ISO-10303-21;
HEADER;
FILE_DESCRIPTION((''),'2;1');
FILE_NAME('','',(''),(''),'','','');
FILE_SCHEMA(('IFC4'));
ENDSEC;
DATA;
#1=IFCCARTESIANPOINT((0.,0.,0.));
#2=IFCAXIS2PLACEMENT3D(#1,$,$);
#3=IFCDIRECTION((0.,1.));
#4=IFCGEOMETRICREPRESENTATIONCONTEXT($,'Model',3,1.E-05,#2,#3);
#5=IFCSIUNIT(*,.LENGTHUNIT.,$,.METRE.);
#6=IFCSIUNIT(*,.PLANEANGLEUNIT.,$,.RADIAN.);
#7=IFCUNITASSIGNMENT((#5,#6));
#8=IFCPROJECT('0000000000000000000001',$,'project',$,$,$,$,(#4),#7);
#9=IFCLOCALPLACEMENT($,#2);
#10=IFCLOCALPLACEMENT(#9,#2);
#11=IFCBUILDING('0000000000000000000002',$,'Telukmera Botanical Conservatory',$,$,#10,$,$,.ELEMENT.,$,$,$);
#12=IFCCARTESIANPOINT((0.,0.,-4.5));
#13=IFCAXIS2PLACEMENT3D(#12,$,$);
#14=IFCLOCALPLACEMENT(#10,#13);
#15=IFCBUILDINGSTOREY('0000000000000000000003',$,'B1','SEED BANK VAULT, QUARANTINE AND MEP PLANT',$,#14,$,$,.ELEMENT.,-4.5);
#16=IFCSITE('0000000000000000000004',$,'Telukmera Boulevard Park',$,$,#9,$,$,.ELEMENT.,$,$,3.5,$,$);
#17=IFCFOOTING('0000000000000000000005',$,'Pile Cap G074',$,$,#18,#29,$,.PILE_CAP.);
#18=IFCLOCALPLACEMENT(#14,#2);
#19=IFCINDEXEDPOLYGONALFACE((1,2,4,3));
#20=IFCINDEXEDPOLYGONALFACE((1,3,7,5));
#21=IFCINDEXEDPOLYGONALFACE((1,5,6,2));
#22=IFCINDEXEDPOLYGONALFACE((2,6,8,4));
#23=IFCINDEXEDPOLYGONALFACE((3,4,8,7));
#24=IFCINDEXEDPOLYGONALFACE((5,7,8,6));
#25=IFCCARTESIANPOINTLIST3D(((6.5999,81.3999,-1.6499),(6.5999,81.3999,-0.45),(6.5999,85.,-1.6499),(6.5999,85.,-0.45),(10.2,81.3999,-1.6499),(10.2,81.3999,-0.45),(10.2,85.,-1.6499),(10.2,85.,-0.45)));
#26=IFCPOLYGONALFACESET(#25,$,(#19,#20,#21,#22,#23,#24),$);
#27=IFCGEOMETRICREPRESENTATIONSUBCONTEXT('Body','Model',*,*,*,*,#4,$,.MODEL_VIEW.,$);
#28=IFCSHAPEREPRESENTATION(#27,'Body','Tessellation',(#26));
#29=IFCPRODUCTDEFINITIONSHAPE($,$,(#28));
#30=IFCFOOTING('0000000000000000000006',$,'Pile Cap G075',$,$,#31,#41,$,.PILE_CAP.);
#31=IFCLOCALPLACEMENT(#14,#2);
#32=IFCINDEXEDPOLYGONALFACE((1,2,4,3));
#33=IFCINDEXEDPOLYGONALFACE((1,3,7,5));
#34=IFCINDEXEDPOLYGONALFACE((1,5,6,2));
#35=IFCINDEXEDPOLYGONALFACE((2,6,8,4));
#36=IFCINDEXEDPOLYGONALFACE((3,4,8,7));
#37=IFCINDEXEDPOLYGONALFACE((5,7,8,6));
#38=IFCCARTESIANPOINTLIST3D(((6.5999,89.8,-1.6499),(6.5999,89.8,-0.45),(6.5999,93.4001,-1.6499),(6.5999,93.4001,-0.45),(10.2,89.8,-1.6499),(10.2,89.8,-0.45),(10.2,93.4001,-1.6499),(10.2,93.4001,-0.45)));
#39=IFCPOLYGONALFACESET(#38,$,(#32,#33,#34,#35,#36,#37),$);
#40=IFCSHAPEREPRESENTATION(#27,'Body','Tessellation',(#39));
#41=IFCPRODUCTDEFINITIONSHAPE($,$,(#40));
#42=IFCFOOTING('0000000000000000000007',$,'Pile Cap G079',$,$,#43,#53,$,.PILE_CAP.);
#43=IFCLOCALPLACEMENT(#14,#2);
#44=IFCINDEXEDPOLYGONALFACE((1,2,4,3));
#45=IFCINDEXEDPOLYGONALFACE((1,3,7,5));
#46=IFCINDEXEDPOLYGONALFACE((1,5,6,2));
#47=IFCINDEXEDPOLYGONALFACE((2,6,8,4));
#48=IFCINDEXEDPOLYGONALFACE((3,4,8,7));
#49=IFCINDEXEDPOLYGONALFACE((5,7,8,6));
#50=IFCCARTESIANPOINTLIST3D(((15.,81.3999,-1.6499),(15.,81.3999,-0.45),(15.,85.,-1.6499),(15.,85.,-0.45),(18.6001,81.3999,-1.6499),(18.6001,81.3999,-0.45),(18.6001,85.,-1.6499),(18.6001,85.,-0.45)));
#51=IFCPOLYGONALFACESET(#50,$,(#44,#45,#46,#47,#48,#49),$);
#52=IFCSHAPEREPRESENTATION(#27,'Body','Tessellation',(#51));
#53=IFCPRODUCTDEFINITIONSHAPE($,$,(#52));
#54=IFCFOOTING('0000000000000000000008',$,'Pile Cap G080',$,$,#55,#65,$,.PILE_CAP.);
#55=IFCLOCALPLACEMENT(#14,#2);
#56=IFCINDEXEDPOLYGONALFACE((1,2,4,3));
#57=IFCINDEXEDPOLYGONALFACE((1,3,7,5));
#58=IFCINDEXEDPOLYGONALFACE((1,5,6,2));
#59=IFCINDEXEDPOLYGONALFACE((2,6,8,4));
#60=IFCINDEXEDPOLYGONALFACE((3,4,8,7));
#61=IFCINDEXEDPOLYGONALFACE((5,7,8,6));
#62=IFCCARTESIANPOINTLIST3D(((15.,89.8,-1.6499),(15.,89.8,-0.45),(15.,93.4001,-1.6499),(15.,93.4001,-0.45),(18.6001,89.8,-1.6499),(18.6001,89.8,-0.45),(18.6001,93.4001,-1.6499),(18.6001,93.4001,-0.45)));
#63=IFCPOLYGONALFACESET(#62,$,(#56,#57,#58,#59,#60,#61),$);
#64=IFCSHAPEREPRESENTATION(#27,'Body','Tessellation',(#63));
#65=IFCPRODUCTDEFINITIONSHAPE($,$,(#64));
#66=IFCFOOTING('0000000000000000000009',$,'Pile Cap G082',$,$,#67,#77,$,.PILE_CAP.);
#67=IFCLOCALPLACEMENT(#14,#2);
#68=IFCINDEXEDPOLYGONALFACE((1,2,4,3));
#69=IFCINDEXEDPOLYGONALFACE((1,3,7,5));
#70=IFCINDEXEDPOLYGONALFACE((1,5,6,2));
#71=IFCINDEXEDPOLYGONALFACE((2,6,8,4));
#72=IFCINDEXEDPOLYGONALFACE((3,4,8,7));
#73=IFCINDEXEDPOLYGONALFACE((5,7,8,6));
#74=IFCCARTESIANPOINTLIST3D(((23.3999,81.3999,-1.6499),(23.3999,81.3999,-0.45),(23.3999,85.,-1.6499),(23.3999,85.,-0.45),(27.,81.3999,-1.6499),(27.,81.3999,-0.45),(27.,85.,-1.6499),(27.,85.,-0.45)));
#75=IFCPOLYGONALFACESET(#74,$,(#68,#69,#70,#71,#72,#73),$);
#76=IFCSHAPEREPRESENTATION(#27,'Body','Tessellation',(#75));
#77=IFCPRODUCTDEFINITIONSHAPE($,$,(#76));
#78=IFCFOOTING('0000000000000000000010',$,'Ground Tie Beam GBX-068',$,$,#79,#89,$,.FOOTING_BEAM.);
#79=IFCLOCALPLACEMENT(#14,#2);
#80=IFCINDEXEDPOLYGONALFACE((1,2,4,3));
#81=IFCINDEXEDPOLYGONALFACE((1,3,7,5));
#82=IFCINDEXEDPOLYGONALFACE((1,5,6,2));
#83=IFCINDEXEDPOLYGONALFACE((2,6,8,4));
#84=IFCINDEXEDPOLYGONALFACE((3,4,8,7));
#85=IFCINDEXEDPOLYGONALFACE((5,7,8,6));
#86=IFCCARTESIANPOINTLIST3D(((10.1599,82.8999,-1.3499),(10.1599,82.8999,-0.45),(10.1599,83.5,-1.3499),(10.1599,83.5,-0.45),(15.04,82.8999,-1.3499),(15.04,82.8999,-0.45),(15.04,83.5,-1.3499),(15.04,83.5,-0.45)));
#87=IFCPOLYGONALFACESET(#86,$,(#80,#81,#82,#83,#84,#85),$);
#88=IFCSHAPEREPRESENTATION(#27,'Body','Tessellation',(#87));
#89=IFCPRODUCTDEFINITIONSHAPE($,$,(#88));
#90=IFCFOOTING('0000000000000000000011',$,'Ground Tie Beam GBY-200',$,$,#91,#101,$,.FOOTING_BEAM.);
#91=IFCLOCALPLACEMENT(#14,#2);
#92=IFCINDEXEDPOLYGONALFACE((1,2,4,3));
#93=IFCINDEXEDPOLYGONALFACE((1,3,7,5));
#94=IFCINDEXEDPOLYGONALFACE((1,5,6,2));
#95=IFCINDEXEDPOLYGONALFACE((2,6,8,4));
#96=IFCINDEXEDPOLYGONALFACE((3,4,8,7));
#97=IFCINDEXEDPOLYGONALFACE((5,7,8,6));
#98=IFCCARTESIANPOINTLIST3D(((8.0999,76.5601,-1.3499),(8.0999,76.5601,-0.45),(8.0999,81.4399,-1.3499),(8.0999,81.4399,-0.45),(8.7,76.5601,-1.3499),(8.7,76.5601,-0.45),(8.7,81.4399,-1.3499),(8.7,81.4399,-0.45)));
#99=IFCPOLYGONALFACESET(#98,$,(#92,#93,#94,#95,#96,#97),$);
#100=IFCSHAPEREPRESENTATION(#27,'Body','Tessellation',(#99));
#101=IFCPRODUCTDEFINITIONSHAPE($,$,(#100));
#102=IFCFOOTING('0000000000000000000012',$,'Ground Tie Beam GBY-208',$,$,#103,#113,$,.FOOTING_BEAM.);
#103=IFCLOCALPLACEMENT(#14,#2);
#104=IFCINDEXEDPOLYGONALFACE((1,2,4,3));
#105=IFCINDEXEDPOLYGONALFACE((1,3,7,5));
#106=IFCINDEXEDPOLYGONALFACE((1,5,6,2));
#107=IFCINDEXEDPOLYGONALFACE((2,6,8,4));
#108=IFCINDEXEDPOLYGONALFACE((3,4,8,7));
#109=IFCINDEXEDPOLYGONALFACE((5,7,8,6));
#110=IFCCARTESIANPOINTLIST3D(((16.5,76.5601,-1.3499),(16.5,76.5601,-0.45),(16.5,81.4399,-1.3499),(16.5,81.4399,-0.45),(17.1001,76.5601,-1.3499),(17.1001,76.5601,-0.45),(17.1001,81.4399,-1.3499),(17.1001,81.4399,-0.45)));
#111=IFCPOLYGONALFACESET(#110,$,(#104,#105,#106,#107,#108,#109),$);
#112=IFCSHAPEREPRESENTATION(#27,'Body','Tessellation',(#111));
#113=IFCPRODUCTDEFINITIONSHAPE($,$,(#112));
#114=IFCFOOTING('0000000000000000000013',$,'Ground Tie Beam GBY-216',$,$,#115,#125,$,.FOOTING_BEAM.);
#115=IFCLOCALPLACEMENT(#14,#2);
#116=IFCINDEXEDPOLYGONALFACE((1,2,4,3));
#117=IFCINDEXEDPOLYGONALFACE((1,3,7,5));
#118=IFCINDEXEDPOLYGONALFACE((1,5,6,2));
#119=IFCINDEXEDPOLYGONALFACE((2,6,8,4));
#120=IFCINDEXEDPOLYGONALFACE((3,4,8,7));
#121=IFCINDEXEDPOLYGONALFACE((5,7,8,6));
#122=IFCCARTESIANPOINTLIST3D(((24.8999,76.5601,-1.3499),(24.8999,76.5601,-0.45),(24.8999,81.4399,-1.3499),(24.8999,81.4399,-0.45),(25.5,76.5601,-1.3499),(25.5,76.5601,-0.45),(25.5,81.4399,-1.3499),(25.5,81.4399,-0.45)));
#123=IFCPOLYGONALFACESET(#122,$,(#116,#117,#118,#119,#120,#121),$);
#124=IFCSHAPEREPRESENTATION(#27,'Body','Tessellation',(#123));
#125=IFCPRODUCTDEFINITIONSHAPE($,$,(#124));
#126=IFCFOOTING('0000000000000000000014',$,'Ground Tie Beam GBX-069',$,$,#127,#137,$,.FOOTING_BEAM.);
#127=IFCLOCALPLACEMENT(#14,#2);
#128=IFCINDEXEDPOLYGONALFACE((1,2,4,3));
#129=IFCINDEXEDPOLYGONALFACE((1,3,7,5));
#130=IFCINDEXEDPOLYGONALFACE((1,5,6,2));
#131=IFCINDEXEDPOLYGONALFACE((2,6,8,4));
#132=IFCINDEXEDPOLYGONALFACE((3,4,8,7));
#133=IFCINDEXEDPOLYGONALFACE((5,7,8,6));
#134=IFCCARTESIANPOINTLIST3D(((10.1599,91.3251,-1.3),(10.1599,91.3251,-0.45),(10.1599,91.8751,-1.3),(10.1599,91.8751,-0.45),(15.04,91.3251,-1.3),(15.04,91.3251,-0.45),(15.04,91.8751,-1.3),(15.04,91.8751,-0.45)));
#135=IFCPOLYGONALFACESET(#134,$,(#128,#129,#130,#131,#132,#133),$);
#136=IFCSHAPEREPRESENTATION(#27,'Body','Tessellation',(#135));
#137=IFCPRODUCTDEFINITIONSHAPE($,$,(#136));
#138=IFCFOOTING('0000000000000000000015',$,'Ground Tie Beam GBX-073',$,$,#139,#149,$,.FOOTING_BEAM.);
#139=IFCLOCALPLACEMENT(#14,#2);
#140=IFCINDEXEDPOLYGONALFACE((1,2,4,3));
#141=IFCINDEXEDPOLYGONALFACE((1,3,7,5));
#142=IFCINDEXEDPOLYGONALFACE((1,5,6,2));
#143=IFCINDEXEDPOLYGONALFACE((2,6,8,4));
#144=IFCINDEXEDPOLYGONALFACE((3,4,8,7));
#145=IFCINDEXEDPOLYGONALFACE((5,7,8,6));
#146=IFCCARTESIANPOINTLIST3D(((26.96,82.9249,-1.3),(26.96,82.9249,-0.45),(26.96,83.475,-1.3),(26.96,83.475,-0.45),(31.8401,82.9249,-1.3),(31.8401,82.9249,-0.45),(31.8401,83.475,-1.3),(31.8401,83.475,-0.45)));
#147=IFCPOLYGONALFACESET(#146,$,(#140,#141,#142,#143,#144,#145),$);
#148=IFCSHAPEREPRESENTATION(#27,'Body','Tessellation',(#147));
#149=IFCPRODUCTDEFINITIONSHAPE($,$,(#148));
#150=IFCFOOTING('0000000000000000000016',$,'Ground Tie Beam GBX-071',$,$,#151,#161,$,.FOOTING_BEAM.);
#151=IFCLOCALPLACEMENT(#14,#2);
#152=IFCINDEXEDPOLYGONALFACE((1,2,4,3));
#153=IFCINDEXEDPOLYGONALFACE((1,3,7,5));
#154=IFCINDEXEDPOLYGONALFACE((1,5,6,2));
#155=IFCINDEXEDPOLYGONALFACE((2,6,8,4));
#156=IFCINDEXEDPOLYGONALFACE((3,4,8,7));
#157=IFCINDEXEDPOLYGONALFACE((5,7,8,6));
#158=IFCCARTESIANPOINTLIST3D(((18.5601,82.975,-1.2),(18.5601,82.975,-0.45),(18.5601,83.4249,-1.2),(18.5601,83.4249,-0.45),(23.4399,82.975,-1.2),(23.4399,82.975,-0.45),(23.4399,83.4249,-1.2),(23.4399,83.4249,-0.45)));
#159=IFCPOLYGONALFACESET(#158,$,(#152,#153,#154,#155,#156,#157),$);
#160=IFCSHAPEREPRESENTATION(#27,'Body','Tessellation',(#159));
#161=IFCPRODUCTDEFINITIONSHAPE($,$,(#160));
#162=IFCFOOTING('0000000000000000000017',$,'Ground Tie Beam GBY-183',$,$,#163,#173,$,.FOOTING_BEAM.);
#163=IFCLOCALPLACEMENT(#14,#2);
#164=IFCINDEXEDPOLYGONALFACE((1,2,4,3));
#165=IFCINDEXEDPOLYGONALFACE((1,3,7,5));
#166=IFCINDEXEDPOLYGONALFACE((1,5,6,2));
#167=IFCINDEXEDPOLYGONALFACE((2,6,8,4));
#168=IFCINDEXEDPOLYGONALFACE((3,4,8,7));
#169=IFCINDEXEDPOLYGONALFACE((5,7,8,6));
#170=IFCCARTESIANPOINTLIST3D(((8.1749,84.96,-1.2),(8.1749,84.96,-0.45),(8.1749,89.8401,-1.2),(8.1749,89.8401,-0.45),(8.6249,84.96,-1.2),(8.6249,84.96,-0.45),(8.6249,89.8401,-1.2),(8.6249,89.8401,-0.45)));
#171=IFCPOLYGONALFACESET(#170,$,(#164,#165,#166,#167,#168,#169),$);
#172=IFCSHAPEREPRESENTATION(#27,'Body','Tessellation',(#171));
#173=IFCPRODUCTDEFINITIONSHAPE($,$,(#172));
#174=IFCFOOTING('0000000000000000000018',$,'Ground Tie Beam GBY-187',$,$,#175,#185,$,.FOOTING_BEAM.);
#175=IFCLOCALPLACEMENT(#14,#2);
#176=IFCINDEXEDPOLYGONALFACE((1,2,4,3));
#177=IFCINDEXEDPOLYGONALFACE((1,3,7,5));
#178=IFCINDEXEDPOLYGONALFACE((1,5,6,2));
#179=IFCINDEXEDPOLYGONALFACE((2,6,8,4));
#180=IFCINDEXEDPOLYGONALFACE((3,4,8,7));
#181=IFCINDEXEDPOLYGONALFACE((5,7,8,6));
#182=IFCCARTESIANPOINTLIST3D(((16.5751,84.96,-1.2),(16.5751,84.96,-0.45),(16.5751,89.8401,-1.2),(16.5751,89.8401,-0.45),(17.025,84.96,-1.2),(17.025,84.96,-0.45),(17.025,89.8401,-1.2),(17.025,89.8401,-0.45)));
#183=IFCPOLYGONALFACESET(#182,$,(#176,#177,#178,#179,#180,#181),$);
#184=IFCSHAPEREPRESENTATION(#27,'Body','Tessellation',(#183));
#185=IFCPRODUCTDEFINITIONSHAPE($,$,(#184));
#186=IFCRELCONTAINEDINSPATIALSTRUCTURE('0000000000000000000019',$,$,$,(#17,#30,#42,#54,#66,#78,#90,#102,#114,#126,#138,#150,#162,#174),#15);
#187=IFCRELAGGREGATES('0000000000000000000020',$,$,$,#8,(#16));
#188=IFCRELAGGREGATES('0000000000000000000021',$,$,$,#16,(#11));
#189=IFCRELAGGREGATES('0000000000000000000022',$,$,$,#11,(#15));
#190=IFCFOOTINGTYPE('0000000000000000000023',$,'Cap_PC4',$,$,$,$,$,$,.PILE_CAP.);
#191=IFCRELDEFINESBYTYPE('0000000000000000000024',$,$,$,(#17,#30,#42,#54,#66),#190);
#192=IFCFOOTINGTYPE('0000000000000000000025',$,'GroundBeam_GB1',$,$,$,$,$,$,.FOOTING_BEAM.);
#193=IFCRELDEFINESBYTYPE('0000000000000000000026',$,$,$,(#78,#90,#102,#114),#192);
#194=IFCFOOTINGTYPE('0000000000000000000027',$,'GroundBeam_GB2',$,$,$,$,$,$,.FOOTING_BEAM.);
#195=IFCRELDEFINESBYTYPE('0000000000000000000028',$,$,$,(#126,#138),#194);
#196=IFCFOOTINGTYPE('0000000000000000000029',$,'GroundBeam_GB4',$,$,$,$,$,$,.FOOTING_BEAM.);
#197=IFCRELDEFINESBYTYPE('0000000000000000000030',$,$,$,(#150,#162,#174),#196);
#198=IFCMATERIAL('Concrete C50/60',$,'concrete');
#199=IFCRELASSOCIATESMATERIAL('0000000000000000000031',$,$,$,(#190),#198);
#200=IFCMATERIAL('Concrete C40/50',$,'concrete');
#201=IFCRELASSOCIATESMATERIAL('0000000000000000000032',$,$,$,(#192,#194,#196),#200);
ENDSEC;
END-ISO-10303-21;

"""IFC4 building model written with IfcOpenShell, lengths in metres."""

from ifc_helpers import new_model, si_unit, direction, frame, origin, origin_2d, place, context, subcontext, project, spatial, rectangle, extrude, material, material_profile, profile_set, type_object, element, save


model = new_model("IFC4")

# Units and contexts
model_context = context("Model", 3, precision=1e-05, world=origin(), true_north=direction((0.0, 1.0)))
body_context = subcontext(model_context, "Body", "Model", "MODEL_VIEW")
ifc_project = project(units=[si_unit("LENGTHUNIT", "METRE"), si_unit("PLANEANGLEUNIT", "RADIAN")], contexts=[model_context])

# Site, building, storey
site_placement = place(None, origin())
site = spatial("IfcSite", under=ifc_project, at=site_placement, Name="Telukmera Boulevard Park", CompositionType="ELEMENT", RefElevation=3.5)
building_placement = place(site_placement, origin())
building = spatial("IfcBuilding", under=site, at=building_placement, Name="Telukmera Botanical Conservatory", CompositionType="ELEMENT")
storey_placement = place(building_placement, frame((0.0, 0.0, -4.5)))
storey = spatial("IfcBuildingStorey", under=building, at=storey_placement, Name="B1", Description="SEED BANK VAULT, QUARANTINE AND MEP PLANT", CompositionType="ELEMENT", Elevation=-4.5)

# Footings
ifc_material_1 = material(Name="Concrete C50/60", Category="concrete")
footing_type_1 = type_object("IfcFootingType", Name="Cap_PC4", PredefinedType="PILE_CAP", material=ifc_material_1)
for number, where, z_axis, x_axis, name in (
    (1, (8.3999, 83.2, -1.6499), (0.0, 0.0, 1.0), (1.0, 0.0, 0.0), "Pile Cap G074"),
    (2, (8.3999, 91.6001, -1.6499), (0.0, 0.0, 1.0), (1.0, 0.0, 0.0), "Pile Cap G075"),
    (3, (16.8, 83.2, -1.6499), (0.0, 0.0, 1.0), (1.0, 0.0, 0.0), "Pile Cap G079"),
    (4, (16.8, 91.6001, -1.6499), (0.0, 0.0, 1.0), (1.0, 0.0, 0.0), "Pile Cap G080"),
    (5, (25.2, 83.2, -1.6499), (0.0, 0.0, 1.0), (1.0, 0.0, 0.0), "Pile Cap G082"),
):
    element("IfcFooting", number, at=place(storey_placement, frame(where, z_axis=z_axis, x_axis=x_axis)), inside=storey, type_object=footing_type_1, Name=name, PredefinedType="PILE_CAP", context=body_context, shape_type="SweptSolid", body=[
        extrude(rectangle(XDim=3.6001, YDim=3.6001, at=origin_2d()), origin(), (0.0, 0.0, 1.0), 1.2),
    ])
ifc_material_2 = material(Name="Concrete C40/50", Category="concrete")
ifc_material_profile_1 = material_profile(ifc_material_2, rectangle(XDim=0.6001, YDim=0.8999, at=origin_2d()), Name="RC 600x900")
ifc_profile_set_1 = profile_set([ifc_material_profile_1], Name="Concrete C40/50")
footing_type_2 = type_object("IfcFootingType", Name="GroundBeam_GB1", PredefinedType="FOOTING_BEAM", material=ifc_profile_set_1)
footing_1_placement = place(storey_placement, frame((10.1599, 83.2, -0.8999), z_axis=(1.0, 0.0, 0.0), x_axis=(0.0, 1.0, 0.0)))
element("IfcFooting", 6, at=footing_1_placement, inside=storey, type_object=footing_type_2, Name="Ground Tie Beam GBX-068", PredefinedType="FOOTING_BEAM", context=body_context, shape_type="SweptSolid", body=[
    extrude(rectangle(XDim=0.6001, YDim=0.8999, at=origin_2d()), origin(), (0.0, 0.0, 1.0), 4.8801),
])
for number, where, z_axis, x_axis, name in (
    (7, (8.3999, 76.5601, -0.8999), (0.0, 1.0, 0.0), (-1.0, 0.0, 0.0), "Ground Tie Beam GBY-200"),
    (8, (16.8, 76.5601, -0.8999), (0.0, 1.0, 0.0), (-1.0, 0.0, 0.0), "Ground Tie Beam GBY-208"),
    (9, (25.2, 76.5601, -0.8999), (0.0, 1.0, 0.0), (-1.0, 0.0, 0.0), "Ground Tie Beam GBY-216"),
):
    element("IfcFooting", number, at=place(storey_placement, frame(where, z_axis=z_axis, x_axis=x_axis)), inside=storey, type_object=footing_type_2, Name=name, PredefinedType="FOOTING_BEAM", context=body_context, shape_type="SweptSolid", body=[
        extrude(rectangle(XDim=0.6001, YDim=0.8999, at=origin_2d()), origin(), (0.0, 0.0, 1.0), 4.8799),
    ])
ifc_material_profile_2 = material_profile(ifc_material_2, rectangle(XDim=0.55, YDim=0.8501, at=origin_2d()), Name="RC 550x850")
ifc_profile_set_2 = profile_set([ifc_material_profile_2], Name="Concrete C40/50")
footing_type_3 = type_object("IfcFootingType", Name="GroundBeam_GB2", PredefinedType="FOOTING_BEAM", material=ifc_profile_set_2)
for number, where, z_axis, x_axis, name in (
    (10, (10.1599, 91.6001, -0.875), (1.0, 0.0, 0.0), (0.0, 1.0, 0.0), "Ground Tie Beam GBX-069"),
    (11, (26.96, 83.2, -0.875), (1.0, 0.0, 0.0), (0.0, 1.0, 0.0), "Ground Tie Beam GBX-073"),
):
    element("IfcFooting", number, at=place(storey_placement, frame(where, z_axis=z_axis, x_axis=x_axis)), inside=storey, type_object=footing_type_3, Name=name, PredefinedType="FOOTING_BEAM", context=body_context, shape_type="SweptSolid", body=[
        extrude(rectangle(XDim=0.55, YDim=0.8501, at=origin_2d()), origin(), (0.0, 0.0, 1.0), 4.8801),
    ])
ifc_material_profile_3 = material_profile(ifc_material_2, rectangle(XDim=0.45, YDim=0.75, at=origin_2d()), Name="RC 450x750")
ifc_profile_set_3 = profile_set([ifc_material_profile_3], Name="Concrete C40/50")
footing_type_4 = type_object("IfcFootingType", Name="GroundBeam_GB4", PredefinedType="FOOTING_BEAM", material=ifc_profile_set_3)
footing_2_placement = place(storey_placement, frame((18.5601, 83.2, -0.825), z_axis=(1.0, 0.0, 0.0), x_axis=(0.0, 1.0, 0.0)))
element("IfcFooting", 12, at=footing_2_placement, inside=storey, type_object=footing_type_4, Name="Ground Tie Beam GBX-071", PredefinedType="FOOTING_BEAM", context=body_context, shape_type="SweptSolid", body=[
    extrude(rectangle(XDim=0.45, YDim=0.75, at=origin_2d()), origin(), (0.0, 0.0, 1.0), 4.8799),
])
for number, where, z_axis, x_axis, name in (
    (13, (8.3999, 84.96, -0.825), (0.0, 1.0, 0.0), (-1.0, 0.0, 0.0), "Ground Tie Beam GBY-183"),
    (14, (16.8, 84.96, -0.825), (0.0, 1.0, 0.0), (-1.0, 0.0, 0.0), "Ground Tie Beam GBY-187"),
):
    element("IfcFooting", number, at=place(storey_placement, frame(where, z_axis=z_axis, x_axis=x_axis)), inside=storey, type_object=footing_type_4, Name=name, PredefinedType="FOOTING_BEAM", context=body_context, shape_type="SweptSolid", body=[
        extrude(rectangle(XDim=0.45, YDim=0.75, at=origin_2d()), origin(), (0.0, 0.0, 1.0), 4.8801),
    ])

save(model, "model.ifc")
